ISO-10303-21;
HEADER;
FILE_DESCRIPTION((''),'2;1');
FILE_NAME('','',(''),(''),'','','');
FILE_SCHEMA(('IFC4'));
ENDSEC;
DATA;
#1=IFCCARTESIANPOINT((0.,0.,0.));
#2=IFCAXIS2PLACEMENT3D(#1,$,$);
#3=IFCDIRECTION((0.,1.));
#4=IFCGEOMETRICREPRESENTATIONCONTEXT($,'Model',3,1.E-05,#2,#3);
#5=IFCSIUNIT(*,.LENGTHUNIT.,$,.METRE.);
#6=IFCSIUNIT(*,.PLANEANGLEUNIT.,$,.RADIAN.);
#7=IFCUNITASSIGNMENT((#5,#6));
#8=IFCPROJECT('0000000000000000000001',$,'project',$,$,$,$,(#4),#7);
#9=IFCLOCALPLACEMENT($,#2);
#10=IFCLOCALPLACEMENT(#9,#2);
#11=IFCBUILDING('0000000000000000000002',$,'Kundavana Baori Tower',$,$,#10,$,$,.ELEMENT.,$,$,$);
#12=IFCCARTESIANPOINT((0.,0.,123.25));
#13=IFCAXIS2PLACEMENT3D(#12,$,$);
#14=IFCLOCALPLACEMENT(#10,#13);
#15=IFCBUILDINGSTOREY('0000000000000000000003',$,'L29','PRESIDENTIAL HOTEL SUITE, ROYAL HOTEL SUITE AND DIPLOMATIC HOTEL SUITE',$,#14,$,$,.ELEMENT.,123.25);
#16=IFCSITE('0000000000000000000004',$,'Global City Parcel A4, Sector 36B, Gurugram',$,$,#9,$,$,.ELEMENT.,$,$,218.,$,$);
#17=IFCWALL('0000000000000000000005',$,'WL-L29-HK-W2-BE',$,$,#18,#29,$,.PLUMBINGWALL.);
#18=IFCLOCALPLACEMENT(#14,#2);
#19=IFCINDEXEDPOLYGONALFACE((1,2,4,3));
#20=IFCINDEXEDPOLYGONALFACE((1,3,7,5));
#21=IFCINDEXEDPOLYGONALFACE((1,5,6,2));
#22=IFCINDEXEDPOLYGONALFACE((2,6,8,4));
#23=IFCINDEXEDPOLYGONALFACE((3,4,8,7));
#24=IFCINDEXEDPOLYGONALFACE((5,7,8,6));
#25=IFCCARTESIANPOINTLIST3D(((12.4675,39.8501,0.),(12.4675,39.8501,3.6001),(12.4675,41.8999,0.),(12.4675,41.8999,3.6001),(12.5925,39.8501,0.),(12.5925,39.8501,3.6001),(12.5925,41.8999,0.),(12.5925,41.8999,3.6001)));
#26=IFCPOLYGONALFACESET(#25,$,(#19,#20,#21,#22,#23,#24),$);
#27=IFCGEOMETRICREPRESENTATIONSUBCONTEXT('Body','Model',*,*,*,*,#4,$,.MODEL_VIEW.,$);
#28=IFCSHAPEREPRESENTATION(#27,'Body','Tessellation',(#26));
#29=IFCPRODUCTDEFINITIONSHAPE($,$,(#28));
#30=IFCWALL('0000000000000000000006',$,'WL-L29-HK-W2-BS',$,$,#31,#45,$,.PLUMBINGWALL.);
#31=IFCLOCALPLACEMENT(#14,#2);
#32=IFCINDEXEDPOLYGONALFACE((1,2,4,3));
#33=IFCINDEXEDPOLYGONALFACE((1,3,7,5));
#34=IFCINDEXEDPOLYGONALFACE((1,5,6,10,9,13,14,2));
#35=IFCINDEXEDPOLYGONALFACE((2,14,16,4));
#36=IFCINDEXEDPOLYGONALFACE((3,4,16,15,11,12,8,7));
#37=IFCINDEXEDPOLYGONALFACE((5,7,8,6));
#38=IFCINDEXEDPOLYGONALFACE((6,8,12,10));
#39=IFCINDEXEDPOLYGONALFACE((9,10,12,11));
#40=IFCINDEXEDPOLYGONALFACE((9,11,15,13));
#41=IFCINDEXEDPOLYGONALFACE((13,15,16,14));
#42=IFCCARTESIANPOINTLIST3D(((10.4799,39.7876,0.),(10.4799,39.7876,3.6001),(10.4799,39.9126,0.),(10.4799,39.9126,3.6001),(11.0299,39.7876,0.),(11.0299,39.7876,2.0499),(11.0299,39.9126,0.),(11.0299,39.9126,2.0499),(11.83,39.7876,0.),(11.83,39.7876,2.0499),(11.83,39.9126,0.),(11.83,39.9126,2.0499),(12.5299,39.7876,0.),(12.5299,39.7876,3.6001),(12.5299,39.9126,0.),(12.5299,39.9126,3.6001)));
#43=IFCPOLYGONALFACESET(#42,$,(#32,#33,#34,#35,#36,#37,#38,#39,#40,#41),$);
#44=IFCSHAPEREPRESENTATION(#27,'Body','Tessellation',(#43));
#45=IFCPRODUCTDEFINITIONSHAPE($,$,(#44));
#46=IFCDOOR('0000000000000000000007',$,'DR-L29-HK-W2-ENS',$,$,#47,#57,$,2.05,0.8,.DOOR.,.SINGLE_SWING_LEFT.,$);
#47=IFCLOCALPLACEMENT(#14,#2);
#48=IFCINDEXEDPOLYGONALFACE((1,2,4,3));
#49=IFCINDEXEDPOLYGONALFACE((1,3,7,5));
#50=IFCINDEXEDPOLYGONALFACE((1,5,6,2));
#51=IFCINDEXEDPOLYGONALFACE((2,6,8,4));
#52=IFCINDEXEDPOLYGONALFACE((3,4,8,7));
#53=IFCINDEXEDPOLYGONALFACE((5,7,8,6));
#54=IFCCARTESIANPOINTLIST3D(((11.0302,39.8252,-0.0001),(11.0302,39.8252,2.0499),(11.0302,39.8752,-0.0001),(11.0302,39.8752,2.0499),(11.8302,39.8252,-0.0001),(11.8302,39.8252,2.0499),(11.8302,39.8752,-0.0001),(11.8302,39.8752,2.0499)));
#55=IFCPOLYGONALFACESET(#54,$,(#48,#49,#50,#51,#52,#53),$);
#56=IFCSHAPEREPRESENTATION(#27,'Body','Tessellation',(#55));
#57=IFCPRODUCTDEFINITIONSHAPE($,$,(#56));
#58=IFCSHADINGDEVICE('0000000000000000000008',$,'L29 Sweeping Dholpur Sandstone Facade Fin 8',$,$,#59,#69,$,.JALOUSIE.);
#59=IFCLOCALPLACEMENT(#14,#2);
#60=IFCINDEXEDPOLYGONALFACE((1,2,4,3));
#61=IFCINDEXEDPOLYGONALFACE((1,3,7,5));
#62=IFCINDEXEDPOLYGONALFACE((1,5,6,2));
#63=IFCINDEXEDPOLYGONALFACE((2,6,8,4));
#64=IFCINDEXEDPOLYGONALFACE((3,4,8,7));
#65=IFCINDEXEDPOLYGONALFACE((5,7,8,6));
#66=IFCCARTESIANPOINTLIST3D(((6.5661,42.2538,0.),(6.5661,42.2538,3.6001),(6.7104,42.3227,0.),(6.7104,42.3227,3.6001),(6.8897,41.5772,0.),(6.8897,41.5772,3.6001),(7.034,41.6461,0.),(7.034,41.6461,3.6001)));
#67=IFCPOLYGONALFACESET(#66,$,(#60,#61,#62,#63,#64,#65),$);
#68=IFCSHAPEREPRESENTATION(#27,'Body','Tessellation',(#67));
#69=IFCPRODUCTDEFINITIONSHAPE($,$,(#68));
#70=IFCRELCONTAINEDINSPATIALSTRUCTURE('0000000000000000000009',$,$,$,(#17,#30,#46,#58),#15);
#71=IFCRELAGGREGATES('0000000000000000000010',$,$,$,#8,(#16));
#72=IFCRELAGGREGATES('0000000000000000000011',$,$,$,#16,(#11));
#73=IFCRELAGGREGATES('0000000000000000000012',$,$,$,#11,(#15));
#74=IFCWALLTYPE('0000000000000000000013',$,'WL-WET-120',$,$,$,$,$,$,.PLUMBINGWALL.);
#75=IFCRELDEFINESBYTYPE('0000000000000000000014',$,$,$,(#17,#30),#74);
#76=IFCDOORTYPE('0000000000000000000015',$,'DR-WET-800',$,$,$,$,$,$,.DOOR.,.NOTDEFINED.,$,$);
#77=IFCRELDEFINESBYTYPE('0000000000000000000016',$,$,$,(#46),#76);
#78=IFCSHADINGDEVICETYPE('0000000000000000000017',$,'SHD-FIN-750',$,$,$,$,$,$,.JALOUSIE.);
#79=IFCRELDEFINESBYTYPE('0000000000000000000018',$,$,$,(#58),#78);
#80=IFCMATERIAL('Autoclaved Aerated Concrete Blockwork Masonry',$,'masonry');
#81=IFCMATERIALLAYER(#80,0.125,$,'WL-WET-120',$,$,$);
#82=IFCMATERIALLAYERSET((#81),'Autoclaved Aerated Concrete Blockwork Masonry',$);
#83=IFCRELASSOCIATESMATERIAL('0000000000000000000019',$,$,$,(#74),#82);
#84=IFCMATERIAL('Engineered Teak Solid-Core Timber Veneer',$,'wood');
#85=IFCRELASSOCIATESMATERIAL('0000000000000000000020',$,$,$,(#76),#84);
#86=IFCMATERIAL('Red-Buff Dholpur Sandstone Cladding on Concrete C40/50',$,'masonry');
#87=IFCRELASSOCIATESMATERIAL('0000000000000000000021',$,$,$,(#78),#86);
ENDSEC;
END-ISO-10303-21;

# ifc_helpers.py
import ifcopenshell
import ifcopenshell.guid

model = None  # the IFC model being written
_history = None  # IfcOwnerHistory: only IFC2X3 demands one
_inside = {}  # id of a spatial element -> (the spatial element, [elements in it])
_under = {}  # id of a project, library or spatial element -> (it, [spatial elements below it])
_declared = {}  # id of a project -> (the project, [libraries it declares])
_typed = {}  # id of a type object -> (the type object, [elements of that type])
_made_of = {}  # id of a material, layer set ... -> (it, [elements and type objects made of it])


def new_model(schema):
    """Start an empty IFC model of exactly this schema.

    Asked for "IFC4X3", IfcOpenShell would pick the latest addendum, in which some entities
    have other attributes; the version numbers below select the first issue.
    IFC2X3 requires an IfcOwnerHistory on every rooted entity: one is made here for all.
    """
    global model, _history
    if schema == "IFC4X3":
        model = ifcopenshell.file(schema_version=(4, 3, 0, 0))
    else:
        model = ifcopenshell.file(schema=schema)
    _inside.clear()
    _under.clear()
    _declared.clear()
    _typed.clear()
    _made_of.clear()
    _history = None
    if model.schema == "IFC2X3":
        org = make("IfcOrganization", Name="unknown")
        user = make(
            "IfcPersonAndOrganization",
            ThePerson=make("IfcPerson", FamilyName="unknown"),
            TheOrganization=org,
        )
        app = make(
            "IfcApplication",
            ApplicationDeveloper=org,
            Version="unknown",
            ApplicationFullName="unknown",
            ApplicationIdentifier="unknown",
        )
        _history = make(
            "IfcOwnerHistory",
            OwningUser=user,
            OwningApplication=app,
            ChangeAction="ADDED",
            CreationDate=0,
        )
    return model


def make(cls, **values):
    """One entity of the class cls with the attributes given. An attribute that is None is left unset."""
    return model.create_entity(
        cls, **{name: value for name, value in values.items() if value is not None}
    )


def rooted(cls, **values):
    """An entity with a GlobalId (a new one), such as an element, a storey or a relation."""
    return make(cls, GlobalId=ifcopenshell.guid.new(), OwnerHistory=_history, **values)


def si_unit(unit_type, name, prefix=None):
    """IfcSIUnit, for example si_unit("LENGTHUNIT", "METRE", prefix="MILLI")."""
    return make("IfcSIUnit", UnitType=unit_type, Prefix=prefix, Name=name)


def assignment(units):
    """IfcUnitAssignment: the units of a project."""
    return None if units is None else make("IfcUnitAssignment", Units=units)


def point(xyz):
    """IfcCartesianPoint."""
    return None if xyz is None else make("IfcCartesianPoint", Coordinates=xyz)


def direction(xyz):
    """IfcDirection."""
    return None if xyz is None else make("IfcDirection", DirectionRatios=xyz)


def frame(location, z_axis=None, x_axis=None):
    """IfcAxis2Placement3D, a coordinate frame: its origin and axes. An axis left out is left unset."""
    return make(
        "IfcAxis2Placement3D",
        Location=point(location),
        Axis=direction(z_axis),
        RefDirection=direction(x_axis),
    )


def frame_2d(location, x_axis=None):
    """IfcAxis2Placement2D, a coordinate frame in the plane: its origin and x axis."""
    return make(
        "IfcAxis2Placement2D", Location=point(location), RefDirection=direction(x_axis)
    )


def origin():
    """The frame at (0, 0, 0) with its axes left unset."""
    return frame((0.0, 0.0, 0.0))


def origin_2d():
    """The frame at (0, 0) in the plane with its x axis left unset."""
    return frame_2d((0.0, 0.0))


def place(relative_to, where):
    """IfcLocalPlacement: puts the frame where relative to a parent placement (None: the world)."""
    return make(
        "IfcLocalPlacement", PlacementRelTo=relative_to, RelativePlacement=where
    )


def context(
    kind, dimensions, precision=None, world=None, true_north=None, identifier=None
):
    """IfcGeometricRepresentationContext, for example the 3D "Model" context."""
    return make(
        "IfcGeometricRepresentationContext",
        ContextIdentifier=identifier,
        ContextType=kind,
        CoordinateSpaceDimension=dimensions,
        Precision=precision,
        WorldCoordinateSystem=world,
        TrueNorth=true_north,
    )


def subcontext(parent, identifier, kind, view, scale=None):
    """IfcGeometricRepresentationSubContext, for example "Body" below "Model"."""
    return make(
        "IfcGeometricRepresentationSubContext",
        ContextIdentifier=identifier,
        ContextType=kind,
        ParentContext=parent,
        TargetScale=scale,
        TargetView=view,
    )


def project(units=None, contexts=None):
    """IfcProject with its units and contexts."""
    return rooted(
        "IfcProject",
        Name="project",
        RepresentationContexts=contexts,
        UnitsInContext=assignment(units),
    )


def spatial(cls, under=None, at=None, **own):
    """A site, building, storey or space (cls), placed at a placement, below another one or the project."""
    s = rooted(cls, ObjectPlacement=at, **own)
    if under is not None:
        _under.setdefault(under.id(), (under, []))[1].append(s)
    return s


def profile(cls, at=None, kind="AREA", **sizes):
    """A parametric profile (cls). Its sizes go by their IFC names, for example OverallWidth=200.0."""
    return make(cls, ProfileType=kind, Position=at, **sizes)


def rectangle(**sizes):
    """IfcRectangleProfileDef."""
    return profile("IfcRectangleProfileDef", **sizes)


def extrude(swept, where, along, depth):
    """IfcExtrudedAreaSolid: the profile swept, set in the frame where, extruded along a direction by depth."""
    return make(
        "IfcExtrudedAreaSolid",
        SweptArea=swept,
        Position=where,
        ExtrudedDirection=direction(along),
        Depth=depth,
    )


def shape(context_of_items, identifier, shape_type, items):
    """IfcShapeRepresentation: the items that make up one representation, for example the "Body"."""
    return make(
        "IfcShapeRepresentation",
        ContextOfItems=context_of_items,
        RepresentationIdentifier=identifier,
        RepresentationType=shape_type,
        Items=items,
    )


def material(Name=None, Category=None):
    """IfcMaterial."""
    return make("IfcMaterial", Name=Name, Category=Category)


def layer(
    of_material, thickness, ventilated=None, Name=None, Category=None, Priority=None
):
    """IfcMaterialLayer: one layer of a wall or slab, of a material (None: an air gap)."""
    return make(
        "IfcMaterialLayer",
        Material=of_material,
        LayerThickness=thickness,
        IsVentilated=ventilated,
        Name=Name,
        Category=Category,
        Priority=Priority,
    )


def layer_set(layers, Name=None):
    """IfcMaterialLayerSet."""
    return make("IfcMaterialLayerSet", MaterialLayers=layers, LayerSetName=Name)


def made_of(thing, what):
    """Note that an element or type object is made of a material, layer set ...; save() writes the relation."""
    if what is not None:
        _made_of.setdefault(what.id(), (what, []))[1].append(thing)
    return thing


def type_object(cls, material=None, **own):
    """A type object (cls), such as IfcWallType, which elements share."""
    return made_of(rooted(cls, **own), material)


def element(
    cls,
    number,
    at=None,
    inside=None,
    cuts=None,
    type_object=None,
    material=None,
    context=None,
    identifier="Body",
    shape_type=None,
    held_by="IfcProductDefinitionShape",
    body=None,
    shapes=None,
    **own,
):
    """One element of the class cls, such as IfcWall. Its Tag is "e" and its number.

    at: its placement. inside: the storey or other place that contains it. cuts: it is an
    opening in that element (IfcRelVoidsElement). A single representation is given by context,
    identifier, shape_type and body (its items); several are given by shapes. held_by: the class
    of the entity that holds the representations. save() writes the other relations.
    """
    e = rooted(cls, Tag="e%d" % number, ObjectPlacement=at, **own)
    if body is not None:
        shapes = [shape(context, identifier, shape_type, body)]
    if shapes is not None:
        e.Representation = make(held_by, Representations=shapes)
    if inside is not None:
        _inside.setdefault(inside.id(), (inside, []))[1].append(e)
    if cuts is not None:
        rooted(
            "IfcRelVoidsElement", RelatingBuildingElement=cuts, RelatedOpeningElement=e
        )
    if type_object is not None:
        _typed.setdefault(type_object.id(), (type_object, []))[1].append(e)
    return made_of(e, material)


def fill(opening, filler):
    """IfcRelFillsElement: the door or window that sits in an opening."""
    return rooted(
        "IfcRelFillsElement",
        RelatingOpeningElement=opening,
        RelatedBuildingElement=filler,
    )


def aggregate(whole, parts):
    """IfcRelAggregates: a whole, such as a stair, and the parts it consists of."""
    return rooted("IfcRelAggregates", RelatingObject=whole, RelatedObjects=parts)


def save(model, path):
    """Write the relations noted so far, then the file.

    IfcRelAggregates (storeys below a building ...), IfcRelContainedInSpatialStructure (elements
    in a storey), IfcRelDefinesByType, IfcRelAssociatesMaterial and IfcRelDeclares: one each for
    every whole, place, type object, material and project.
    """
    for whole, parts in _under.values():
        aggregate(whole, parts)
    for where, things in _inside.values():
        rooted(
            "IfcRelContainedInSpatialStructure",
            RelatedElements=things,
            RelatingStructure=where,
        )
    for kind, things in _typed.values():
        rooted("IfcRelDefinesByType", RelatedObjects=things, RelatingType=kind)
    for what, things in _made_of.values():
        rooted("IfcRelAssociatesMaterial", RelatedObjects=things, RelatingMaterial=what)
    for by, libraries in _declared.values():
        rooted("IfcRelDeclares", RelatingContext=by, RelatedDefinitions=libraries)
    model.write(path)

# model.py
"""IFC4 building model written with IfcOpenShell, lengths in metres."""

from ifc_helpers import new_model, si_unit, direction, frame, frame_2d, origin, origin_2d, place, context, subcontext, project, spatial, rectangle, extrude, material, layer, layer_set, type_object, element, fill, save


model = new_model("IFC4")

# Units and contexts
model_context = context("Model", 3, precision=1e-05, world=origin(), true_north=direction((0.0, 1.0)))
body_context = subcontext(model_context, "Body", "Model", "MODEL_VIEW")
ifc_project = project(units=[si_unit("LENGTHUNIT", "METRE"), si_unit("PLANEANGLEUNIT", "RADIAN")], contexts=[model_context])

# Site, building, storey
site_placement = place(None, origin())
site = spatial("IfcSite", under=ifc_project, at=site_placement, Name="Global City Parcel A4, Sector 36B, Gurugram", CompositionType="ELEMENT", RefElevation=218.0)
building_placement = place(site_placement, origin())
building = spatial("IfcBuilding", under=site, at=building_placement, Name="Kundavana Baori Tower", CompositionType="ELEMENT")
storey_placement = place(building_placement, frame((0.0, 0.0, 123.25)))
storey = spatial("IfcBuildingStorey", under=building, at=storey_placement, Name="L29", Description="PRESIDENTIAL HOTEL SUITE, ROYAL HOTEL SUITE AND DIPLOMATIC HOTEL SUITE", CompositionType="ELEMENT", Elevation=123.25)

# Wall
ifc_material_1 = material(Name="Autoclaved Aerated Concrete Blockwork Masonry", Category="masonry")
ifc_layer_1 = layer(ifc_material_1, 0.125, Name="WL-WET-120")
ifc_layer_set_1 = layer_set([ifc_layer_1], Name="Autoclaved Aerated Concrete Blockwork Masonry")
wall_type_1 = type_object("IfcWallType", Name="WL-WET-120", PredefinedType="PLUMBINGWALL", material=ifc_layer_set_1)
wall_1_placement = place(storey_placement, frame((12.53, 39.8501, 0.0), z_axis=(0.0, 0.0, 1.0), x_axis=(0.0, 1.0, 0.0)))
element("IfcWall", 1, at=wall_1_placement, inside=storey, type_object=wall_type_1, Name="WL-L29-HK-W2-BE", PredefinedType="PLUMBINGWALL", context=body_context, shape_type="SweptSolid", body=[
    extrude(rectangle(XDim=2.0498, YDim=0.125, at=frame_2d((1.0249, 0.0))), origin(), (0.0, 0.0, 1.0), 3.6001),
])

# Wall, opening, door
wall_2_placement = place(storey_placement, frame((10.48, 39.8501, 0.0), z_axis=(0.0, 0.0, 1.0), x_axis=(1.0, 0.0, 0.0)))
wall_2 = element("IfcWall", 2, at=wall_2_placement, inside=storey, type_object=wall_type_1, Name="WL-L29-HK-W2-BS", PredefinedType="PLUMBINGWALL", context=body_context, shape_type="SweptSolid", body=[
    extrude(rectangle(XDim=2.05, YDim=0.125, at=frame_2d((1.0249, 0.0))), origin(), (0.0, 0.0, 1.0), 3.6001),
])
opening_1_placement = place(wall_2_placement, frame((0.55, 0.0, 0.0)))
opening_1 = element("IfcOpeningElement", 3, at=opening_1_placement, cuts=wall_2, PredefinedType="OPENING", context=body_context, shape_type="SweptSolid", body=[
    extrude(rectangle(XDim=0.8, YDim=2.05, at=frame_2d((0.3999, 1.0249))), frame((0.0, 0.0725, 0.0), z_axis=(0.0, -1.0, 0.0), x_axis=(1.0, 0.0, 0.0)), (0.0, 0.0, 1.0), 0.145),
])
ifc_material_2 = material(Name="Engineered Teak Solid-Core Timber Veneer", Category="wood")
door_type_1 = type_object("IfcDoorType", Name="DR-WET-800", OperationType="NOTDEFINED", PredefinedType="DOOR", material=ifc_material_2)
door_1_placement = place(opening_1_placement, frame((0.8, 0.0, 0.0), z_axis=(0.0, 0.0, 1.0), x_axis=(-1.0, 0.0, 0.0)))
door_1 = element("IfcDoor", 4, at=door_1_placement, inside=storey, type_object=door_type_1, Name="DR-L29-HK-W2-ENS", OperationType="SINGLE_SWING_LEFT", OverallHeight=2.05, OverallWidth=0.8, PredefinedType="DOOR", context=body_context, shape_type="SweptSolid", body=[
    extrude(rectangle(XDim=0.8, YDim=2.05, at=frame_2d((0.3999, 1.0249))), frame((0.0, 0.0249, 0.0), z_axis=(0.0, -1.0, 0.0), x_axis=(1.0, 0.0, 0.0)), (0.0, 0.0, 1.0), 0.05),
])
fill(opening_1, door_1)

# Shading device
ifc_material_3 = material(Name="Red-Buff Dholpur Sandstone Cladding on Concrete C40/50", Category="masonry")
shading_device_type = type_object("IfcShadingDeviceType", Name="SHD-FIN-750", PredefinedType="JALOUSIE", material=ifc_material_3)
shading_device_placement = place(storey_placement, frame((6.8, 41.95, 0.0), z_axis=(0.0, 0.0, 1.0), x_axis=(0.902134, 0.431456, 0.0)))
element("IfcShadingDevice", 5, at=shading_device_placement, inside=storey, type_object=shading_device_type, Name="L29 Sweeping Dholpur Sandstone Facade Fin 8", PredefinedType="JALOUSIE", context=body_context, shape_type="SweptSolid", body=[
    extrude(rectangle(XDim=0.1599, YDim=0.75, at=origin_2d()), origin(), (0.0, 0.0, 1.0), 3.6001),
])

save(model, "model.ifc")
